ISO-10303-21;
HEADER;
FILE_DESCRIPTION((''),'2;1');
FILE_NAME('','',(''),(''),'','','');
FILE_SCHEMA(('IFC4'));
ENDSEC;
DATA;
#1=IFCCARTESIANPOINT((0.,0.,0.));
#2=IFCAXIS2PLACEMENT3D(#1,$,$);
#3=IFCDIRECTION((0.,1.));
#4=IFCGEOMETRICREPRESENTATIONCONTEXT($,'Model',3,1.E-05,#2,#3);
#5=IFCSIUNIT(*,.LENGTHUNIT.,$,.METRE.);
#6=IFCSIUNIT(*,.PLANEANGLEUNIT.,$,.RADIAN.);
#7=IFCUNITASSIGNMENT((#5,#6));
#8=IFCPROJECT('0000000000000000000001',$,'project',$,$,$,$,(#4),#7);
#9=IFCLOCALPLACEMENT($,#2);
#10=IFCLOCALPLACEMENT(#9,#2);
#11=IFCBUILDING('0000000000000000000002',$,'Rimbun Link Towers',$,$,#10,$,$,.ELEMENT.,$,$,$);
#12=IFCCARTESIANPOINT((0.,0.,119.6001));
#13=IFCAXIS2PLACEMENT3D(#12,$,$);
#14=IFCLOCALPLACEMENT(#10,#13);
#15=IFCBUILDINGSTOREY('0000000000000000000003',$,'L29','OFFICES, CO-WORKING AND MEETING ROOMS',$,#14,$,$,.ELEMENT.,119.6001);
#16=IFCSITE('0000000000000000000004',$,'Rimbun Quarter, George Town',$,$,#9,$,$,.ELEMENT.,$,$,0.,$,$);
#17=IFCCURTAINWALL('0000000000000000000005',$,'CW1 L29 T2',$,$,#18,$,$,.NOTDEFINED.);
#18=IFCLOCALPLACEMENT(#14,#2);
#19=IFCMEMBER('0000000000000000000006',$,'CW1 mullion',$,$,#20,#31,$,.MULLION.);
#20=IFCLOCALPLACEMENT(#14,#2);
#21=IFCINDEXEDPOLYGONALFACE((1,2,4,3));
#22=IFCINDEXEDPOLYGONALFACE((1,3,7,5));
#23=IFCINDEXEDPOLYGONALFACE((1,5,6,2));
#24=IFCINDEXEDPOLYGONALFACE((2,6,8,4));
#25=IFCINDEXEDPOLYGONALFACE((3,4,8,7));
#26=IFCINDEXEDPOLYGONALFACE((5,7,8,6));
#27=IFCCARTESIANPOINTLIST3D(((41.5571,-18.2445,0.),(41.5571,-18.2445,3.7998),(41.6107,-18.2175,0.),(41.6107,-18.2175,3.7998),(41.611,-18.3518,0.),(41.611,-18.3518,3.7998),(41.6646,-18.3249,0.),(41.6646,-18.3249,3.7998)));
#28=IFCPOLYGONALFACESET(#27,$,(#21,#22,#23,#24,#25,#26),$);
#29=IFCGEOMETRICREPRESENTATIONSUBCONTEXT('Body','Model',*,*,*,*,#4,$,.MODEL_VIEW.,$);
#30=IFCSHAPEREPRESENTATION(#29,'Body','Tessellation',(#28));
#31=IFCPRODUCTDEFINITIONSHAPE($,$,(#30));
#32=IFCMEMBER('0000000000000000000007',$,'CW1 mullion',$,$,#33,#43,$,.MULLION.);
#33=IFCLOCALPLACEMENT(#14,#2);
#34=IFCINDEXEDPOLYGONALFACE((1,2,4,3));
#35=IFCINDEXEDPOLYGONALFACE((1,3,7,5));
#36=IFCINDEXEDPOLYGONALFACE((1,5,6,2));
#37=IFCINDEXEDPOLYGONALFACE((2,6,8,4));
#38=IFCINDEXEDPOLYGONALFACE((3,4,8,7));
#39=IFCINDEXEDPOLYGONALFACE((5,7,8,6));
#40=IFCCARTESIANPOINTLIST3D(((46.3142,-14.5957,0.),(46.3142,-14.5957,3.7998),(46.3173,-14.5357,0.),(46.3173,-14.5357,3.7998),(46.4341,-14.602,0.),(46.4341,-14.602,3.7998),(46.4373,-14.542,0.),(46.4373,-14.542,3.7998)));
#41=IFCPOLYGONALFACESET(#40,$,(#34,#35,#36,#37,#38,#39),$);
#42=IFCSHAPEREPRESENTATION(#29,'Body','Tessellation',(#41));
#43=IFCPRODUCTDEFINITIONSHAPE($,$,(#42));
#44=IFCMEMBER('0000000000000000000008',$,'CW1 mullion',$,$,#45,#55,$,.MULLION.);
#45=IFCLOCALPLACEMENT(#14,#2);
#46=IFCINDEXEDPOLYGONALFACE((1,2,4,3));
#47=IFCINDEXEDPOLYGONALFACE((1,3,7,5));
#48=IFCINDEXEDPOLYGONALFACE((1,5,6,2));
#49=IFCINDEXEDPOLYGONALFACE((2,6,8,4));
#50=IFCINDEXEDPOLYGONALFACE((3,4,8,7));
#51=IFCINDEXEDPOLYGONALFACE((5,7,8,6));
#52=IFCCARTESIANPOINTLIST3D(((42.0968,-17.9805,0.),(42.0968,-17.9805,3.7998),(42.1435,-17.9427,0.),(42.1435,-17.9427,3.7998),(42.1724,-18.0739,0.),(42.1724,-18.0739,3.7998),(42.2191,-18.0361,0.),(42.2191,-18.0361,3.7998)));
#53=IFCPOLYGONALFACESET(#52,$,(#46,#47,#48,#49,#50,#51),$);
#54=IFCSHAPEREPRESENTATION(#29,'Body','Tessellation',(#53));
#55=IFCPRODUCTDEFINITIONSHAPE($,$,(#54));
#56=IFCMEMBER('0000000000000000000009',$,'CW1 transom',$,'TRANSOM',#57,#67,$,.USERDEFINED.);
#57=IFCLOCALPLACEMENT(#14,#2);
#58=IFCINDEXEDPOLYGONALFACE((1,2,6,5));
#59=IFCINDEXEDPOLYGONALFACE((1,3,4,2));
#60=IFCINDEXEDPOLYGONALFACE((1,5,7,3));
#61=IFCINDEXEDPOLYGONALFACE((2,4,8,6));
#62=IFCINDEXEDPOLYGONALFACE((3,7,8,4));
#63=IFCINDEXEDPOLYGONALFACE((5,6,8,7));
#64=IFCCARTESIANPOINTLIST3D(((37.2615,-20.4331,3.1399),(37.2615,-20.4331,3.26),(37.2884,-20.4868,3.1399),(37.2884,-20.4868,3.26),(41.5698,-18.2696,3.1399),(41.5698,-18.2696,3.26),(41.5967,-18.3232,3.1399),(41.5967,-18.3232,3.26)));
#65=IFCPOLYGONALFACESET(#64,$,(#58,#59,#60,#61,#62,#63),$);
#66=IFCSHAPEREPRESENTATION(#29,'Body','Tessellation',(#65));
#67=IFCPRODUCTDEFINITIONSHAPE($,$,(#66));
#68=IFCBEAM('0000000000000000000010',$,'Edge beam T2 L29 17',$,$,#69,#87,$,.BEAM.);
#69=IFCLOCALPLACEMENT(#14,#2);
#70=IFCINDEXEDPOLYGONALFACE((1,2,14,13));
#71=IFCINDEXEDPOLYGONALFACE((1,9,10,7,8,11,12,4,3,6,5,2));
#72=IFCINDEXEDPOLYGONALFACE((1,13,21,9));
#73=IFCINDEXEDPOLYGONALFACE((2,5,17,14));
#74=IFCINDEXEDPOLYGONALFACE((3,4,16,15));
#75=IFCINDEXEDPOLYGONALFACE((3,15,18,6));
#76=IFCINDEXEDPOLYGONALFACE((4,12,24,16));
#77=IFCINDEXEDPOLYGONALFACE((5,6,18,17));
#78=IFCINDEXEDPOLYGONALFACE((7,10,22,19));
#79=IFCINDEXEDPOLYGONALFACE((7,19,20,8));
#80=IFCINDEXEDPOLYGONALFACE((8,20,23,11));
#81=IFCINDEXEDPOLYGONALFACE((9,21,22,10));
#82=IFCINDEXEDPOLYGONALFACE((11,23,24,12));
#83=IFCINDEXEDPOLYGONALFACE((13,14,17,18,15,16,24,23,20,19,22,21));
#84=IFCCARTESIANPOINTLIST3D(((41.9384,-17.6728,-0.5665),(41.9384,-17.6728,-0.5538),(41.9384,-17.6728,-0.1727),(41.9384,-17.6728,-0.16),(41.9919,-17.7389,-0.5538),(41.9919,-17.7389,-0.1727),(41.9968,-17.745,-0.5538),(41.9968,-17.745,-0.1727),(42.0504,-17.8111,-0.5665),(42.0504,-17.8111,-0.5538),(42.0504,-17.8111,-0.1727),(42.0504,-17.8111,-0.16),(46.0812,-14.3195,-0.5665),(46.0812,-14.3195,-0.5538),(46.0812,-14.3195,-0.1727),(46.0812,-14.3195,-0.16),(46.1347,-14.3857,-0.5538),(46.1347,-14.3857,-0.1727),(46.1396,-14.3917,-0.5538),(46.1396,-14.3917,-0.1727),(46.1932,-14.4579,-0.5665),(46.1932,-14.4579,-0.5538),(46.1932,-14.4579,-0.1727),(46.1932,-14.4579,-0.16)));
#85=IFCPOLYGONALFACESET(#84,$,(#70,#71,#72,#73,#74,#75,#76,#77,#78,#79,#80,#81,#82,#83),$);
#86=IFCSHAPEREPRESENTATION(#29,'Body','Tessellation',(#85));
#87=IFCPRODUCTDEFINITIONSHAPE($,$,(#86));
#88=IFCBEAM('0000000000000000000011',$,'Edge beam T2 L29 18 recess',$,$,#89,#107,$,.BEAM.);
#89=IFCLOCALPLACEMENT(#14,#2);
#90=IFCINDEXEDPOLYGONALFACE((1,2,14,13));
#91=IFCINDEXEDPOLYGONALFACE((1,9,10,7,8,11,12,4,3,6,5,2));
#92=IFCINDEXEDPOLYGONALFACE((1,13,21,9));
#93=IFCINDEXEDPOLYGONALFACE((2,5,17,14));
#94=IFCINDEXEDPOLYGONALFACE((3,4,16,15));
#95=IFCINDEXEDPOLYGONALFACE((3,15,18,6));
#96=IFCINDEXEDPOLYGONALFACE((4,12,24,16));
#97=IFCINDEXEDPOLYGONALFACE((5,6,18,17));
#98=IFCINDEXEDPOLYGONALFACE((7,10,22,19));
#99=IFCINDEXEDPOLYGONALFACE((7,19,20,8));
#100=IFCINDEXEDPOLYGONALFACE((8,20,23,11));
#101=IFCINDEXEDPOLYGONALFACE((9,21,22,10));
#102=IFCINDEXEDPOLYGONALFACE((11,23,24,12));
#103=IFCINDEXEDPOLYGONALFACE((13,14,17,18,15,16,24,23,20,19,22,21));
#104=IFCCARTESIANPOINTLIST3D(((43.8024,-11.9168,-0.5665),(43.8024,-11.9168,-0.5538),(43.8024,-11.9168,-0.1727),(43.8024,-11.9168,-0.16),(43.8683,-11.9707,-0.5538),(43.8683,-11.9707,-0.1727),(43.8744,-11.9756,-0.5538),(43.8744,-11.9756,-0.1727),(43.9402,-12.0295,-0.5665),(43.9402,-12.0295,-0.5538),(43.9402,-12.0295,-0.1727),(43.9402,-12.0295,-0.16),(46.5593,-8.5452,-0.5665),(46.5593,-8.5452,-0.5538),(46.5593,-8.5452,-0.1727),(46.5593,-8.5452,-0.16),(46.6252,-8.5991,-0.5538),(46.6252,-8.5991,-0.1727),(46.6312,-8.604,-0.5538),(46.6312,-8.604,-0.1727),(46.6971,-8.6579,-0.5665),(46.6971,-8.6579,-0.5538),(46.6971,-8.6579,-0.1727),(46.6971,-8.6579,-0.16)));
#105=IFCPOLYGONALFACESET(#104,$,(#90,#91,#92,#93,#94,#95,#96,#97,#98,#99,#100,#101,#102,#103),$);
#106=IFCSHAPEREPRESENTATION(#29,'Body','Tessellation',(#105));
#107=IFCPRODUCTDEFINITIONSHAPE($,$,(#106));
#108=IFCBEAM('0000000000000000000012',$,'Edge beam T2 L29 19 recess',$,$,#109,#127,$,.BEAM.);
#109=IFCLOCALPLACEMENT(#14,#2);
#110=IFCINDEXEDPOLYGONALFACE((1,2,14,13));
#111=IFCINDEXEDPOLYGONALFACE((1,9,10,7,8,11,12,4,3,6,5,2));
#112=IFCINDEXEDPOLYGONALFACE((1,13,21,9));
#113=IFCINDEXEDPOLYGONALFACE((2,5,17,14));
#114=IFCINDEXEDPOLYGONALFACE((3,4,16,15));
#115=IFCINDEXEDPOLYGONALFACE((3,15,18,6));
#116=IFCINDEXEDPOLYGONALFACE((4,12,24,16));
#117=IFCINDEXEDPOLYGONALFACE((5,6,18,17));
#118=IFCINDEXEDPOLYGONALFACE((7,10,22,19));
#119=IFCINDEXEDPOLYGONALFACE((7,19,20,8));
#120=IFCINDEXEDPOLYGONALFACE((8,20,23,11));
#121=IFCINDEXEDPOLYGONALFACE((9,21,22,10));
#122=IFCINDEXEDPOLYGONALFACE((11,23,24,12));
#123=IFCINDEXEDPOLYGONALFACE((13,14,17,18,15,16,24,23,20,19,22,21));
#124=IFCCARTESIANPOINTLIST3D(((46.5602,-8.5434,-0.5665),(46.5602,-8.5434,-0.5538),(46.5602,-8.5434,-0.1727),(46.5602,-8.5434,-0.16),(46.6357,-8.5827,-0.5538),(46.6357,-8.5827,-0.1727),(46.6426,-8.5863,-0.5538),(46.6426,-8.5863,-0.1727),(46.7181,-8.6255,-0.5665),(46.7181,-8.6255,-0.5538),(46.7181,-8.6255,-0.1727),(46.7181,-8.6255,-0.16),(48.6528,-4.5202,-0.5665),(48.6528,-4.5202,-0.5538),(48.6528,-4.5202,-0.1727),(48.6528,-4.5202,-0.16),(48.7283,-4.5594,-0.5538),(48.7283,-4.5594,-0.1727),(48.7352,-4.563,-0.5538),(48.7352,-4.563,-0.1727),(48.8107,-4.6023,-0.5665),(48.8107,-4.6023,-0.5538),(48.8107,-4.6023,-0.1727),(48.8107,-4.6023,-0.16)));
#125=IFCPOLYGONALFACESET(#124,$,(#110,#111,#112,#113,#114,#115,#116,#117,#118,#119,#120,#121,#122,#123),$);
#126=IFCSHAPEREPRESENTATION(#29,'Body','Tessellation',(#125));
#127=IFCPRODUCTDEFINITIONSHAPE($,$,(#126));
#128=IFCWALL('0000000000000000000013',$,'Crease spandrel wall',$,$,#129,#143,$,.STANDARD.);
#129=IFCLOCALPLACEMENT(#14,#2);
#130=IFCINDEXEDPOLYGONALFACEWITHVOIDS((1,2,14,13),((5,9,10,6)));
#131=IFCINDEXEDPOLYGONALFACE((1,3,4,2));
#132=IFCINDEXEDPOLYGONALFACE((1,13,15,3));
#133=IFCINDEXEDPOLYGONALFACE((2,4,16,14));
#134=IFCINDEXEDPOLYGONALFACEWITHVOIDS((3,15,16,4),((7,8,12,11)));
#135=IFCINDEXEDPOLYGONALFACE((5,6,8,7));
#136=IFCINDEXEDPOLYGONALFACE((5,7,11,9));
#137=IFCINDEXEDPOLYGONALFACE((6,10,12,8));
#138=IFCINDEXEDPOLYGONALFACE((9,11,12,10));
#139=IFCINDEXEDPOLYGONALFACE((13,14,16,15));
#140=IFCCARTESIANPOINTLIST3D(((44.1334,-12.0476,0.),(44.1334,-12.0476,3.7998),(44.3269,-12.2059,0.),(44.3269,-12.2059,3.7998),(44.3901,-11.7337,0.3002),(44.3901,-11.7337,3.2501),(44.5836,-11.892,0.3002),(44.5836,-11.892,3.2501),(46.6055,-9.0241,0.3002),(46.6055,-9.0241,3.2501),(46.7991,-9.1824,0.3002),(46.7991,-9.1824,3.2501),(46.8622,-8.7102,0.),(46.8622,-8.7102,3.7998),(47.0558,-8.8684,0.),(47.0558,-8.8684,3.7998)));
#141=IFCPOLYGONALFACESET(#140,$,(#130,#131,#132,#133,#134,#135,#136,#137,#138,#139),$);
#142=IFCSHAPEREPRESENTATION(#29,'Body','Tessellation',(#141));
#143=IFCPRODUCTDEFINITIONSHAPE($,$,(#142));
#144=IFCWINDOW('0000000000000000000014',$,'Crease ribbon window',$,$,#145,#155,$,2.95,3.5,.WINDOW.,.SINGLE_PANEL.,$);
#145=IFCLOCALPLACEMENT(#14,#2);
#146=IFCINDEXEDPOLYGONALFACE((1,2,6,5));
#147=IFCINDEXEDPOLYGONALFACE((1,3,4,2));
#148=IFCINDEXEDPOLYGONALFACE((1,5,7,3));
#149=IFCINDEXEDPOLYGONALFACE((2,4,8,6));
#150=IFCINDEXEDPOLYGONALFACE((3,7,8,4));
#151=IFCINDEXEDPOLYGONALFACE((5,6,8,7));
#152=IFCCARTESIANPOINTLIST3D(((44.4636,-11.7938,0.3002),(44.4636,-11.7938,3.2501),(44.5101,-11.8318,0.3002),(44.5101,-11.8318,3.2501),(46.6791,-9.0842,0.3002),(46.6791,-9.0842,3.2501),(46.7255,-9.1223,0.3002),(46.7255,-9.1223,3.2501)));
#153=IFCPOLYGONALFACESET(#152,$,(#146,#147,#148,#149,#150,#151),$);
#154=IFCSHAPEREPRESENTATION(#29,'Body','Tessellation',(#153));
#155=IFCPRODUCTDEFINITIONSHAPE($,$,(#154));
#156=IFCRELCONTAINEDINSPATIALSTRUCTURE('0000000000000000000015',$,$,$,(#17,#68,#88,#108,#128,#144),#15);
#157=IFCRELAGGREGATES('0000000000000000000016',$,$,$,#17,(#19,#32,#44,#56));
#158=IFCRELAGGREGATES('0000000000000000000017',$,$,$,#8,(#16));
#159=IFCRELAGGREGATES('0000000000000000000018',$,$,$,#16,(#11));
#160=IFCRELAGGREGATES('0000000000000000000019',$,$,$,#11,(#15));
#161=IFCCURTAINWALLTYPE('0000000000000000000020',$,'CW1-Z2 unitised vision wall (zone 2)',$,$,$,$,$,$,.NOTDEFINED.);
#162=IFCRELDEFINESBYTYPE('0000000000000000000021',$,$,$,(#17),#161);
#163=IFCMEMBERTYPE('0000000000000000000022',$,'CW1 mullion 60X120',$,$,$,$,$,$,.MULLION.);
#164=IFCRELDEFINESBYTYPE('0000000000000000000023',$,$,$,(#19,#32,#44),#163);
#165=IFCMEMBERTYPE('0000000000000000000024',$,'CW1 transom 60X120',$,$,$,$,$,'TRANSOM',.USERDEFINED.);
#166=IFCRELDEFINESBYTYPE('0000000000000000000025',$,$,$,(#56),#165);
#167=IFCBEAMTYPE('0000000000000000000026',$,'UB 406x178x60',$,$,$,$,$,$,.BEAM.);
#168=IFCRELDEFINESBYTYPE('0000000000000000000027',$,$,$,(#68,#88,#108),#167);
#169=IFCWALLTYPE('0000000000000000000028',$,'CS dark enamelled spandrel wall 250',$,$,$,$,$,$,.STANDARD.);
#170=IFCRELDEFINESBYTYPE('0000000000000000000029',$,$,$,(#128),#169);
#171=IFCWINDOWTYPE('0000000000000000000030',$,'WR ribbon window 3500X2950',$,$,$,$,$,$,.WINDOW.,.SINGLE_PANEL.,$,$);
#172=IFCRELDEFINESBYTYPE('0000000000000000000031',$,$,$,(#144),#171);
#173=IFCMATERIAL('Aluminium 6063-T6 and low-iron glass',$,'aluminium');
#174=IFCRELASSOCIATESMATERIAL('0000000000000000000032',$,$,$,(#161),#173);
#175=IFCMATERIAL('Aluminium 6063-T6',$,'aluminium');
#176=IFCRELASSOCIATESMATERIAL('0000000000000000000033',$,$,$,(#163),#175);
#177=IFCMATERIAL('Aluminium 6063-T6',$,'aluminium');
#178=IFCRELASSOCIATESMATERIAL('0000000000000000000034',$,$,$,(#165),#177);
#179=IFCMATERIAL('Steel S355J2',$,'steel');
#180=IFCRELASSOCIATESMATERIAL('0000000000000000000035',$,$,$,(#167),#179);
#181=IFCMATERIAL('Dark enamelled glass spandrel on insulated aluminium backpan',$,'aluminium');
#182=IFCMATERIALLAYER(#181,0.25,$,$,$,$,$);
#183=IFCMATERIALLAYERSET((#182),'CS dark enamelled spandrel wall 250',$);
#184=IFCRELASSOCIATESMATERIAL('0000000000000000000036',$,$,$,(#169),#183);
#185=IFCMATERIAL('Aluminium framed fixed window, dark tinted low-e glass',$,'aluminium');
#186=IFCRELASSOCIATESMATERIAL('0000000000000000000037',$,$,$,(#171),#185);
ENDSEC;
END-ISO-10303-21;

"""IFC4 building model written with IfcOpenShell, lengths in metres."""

from ifc_helpers import new_model, si_unit, direction, frame, frame_2d, origin, origin_2d, place, context, subcontext, project, spatial, rectangle, i_section, extrude, material, layer, layer_set, material_profile, profile_set, type_object, element, fill, aggregate, save


model = new_model("IFC4")

# Units and contexts
model_context = context("Model", 3, precision=1e-05, world=origin(), true_north=direction((0.0, 1.0)))
body_context = subcontext(model_context, "Body", "Model", "MODEL_VIEW")
ifc_project = project(units=[si_unit("LENGTHUNIT", "METRE"), si_unit("PLANEANGLEUNIT", "RADIAN")], contexts=[model_context])

# Site, building, storey
site_placement = place(None, origin())
site = spatial("IfcSite", under=ifc_project, at=site_placement, Name="Rimbun Quarter, George Town", CompositionType="ELEMENT", RefElevation=0.0)
building_placement = place(site_placement, origin())
building = spatial("IfcBuilding", under=site, at=building_placement, Name="Rimbun Link Towers", CompositionType="ELEMENT")
storey_placement = place(building_placement, frame((0.0, 0.0, 119.6001)))
storey = spatial("IfcBuildingStorey", under=building, at=storey_placement, Name="L29", Description="OFFICES, CO-WORKING AND MEETING ROOMS", CompositionType="ELEMENT", Elevation=119.6001)

# Curtain wall, members
ifc_material_1 = material(Name="Aluminium 6063-T6 and low-iron glass", Category="aluminium")
curtain_wall_type = type_object("IfcCurtainWallType", Name="CW1-Z2 unitised vision wall (zone 2)", PredefinedType="NOTDEFINED", material=ifc_material_1)
curtain_wall_placement = place(storey_placement, origin())
curtain_wall = element("IfcCurtainWall", 1, at=curtain_wall_placement, inside=storey, type_object=curtain_wall_type, Name="CW1 L29 T2", PredefinedType="NOTDEFINED")
ifc_material_2 = material(Name="Aluminium 6063-T6", Category="aluminium")
ifc_material_profile_1 = material_profile(ifc_material_2, rectangle(XDim=0.1201, YDim=0.0601, at=origin_2d()), Name="MULLION 60X120")
ifc_profile_set_1 = profile_set([ifc_material_profile_1], Name="Aluminium 6063-T6")
member_type_1 = type_object("IfcMemberType", Name="CW1 mullion 60X120", PredefinedType="MULLION", material=ifc_profile_set_1)
member_1_placement = place(storey_placement, frame((41.6108, -18.2847, 0.0), z_axis=(0.0, 0.0, 1.0), x_axis=(0.448789, -0.893638, 0.0)))
member_1 = element("IfcMember", 2, at=member_1_placement, type_object=member_type_1, Name="CW1 mullion", PredefinedType="MULLION", context=body_context, shape_type="SweptSolid", body=[
    extrude(rectangle(XDim=0.1201, YDim=0.0601, at=origin_2d()), origin(), (0.0, 0.0, 1.0), 3.7998),
])
member_2_placement = place(storey_placement, frame((46.3757, -14.5688, 0.0), z_axis=(0.0, 0.0, 1.0), x_axis=(0.998624, -0.05244, 0.0)))
member_2 = element("IfcMember", 3, at=member_2_placement, type_object=member_type_1, Name="CW1 mullion", PredefinedType="MULLION", context=body_context, shape_type="SweptSolid", body=[
    extrude(rectangle(XDim=0.1201, YDim=0.0601, at=origin_2d()), origin(), (0.0, 0.0, 1.0), 3.7998),
])
member_3_placement = place(storey_placement, frame((42.158, -18.0083, 0.0), z_axis=(0.0, 0.0, 1.0), x_axis=(0.629158, -0.777277, 0.0)))
member_3 = element("IfcMember", 4, at=member_3_placement, type_object=member_type_1, Name="CW1 mullion", PredefinedType="MULLION", context=body_context, shape_type="SweptSolid", body=[
    extrude(rectangle(XDim=0.1201, YDim=0.0601, at=origin_2d()), origin(), (0.0, 0.0, 1.0), 3.7998),
])
ifc_material_3 = material(Name="Aluminium 6063-T6", Category="aluminium")
ifc_material_profile_2 = material_profile(ifc_material_3, rectangle(XDim=0.0601, YDim=0.1201, at=origin_2d()), Name="TRANSOM 60X120")
ifc_profile_set_2 = profile_set([ifc_material_profile_2], Name="Aluminium 6063-T6")
member_type_2 = type_object("IfcMemberType", Name="CW1 transom 60X120", ElementType="TRANSOM", PredefinedType="USERDEFINED", material=ifc_profile_set_2)
member_4_placement = place(storey_placement, frame((41.5833, -18.2964, 3.2), z_axis=(-0.893646, -0.448773, 0.0), x_axis=(0.448773, -0.893646, 0.0)))
member_4 = element("IfcMember", 5, at=member_4_placement, type_object=member_type_2, Name="CW1 transom", ObjectType="TRANSOM", PredefinedType="USERDEFINED", context=body_context, shape_type="SweptSolid", body=[
    extrude(rectangle(XDim=0.0601, YDim=0.1201, at=origin_2d()), origin(), (0.0, 0.0, 1.0), 4.821),
])
aggregate(curtain_wall, [member_1, member_2, member_3, member_4])

# Beams
ifc_material_4 = material(Name="Steel S355J2", Category="steel")
ifc_material_profile_3 = material_profile(ifc_material_4, i_section(OverallWidth=0.178, OverallDepth=0.4065, WebThickness=0.0078, FlangeThickness=0.0127, at=origin_2d()), Name="UB 406x178x60")
ifc_profile_set_3 = profile_set([ifc_material_profile_3], Name="Steel S355J2")
beam_type = type_object("IfcBeamType", Name="UB 406x178x60", PredefinedType="BEAM", material=ifc_profile_set_3)
beam_1_placement = place(storey_placement, frame((41.9944, -17.7419, -0.3633), z_axis=(0.777285, 0.629148, 0.0), x_axis=(-0.629148, 0.777285, 0.0)))
element("IfcBeam", 6, at=beam_1_placement, inside=storey, type_object=beam_type, Name="Edge beam T2 L29 17", PredefinedType="BEAM", context=body_context, shape_type="SweptSolid", body=[
    extrude(i_section(OverallWidth=0.178, OverallDepth=0.4065, WebThickness=0.0078, FlangeThickness=0.0127, at=origin_2d()), origin(), (0.0, 0.0, 1.0), 5.3298),
])
beam_2_placement = place(storey_placement, frame((43.8713, -11.9731, -0.3633), z_axis=(0.633, 0.774152, 0.0), x_axis=(-0.774152, 0.633, 0.0)))
element("IfcBeam", 7, at=beam_2_placement, inside=storey, type_object=beam_type, Name="Edge beam T2 L29 18 recess", PredefinedType="BEAM", context=body_context, shape_type="SweptSolid", body=[
    extrude(i_section(OverallWidth=0.178, OverallDepth=0.4065, WebThickness=0.0078, FlangeThickness=0.0127, at=origin_2d()), origin(), (0.0, 0.0, 1.0), 4.3552),
])
beam_3_placement = place(storey_placement, frame((46.6392, -8.5845, -0.3633), z_axis=(0.461434, 0.887174, 0.0), x_axis=(-0.887174, 0.461434, 0.0)))
element("IfcBeam", 8, at=beam_3_placement, inside=storey, type_object=beam_type, Name="Edge beam T2 L29 19 recess", PredefinedType="BEAM", context=body_context, shape_type="SweptSolid", body=[
    extrude(i_section(OverallWidth=0.178, OverallDepth=0.4065, WebThickness=0.0078, FlangeThickness=0.0127, at=origin_2d()), origin(), (0.0, 0.0, 1.0), 4.5349),
])

# Wall, opening, window
ifc_material_5 = material(Name="Dark enamelled glass spandrel on insulated aluminium backpan", Category="aluminium")
ifc_layer_1 = layer(ifc_material_5, 0.25)
ifc_layer_set_1 = layer_set([ifc_layer_1], Name="CS dark enamelled spandrel wall 250")
wall_type_1 = type_object("IfcWallType", Name="CS dark enamelled spandrel wall 250", PredefinedType="STANDARD", material=ifc_layer_set_1)
wall_1_placement = place(storey_placement, frame((46.959, -8.7893, 0.0), z_axis=(0.0, 0.0, 1.0), x_axis=(-0.632982, -0.774167, 0.0)))
wall_1 = element("IfcWall", 9, at=wall_1_placement, inside=storey, type_object=wall_type_1, Name="Crease spandrel wall", PredefinedType="STANDARD", context=body_context, shape_type="SweptSolid", body=[
    extrude(rectangle(XDim=4.311, YDim=0.25, at=frame_2d((2.1555, 0.0))), origin(), (0.0, 0.0, 1.0), 3.7998),
])
opening_1_placement = place(wall_1_placement, frame((0.4055, 0.0, 0.3)))
opening_1 = element("IfcOpeningElement", 10, at=opening_1_placement, cuts=wall_1, PredefinedType="OPENING", context=body_context, shape_type="SweptSolid", body=[
    extrude(rectangle(XDim=3.5, YDim=2.95, at=frame_2d((1.75, 1.4751))), frame((0.0, 0.135, 0.0), z_axis=(0.0, -1.0, 0.0), x_axis=(1.0, 0.0, 0.0)), (0.0, 0.0, 1.0), 0.27),
])
ifc_material_6 = material(Name="Aluminium framed fixed window, dark tinted low-e glass", Category="aluminium")
window_type_1 = type_object("IfcWindowType", Name="WR ribbon window 3500X2950", PartitioningType="SINGLE_PANEL", PredefinedType="WINDOW", material=ifc_material_6)
window_1_placement = place(opening_1_placement, origin())
window_1 = element("IfcWindow", 11, at=window_1_placement, inside=storey, type_object=window_type_1, Name="Crease ribbon window", OverallHeight=2.95, OverallWidth=3.5, PartitioningType="SINGLE_PANEL", PredefinedType="WINDOW", context=body_context, shape_type="SweptSolid", body=[
    extrude(rectangle(XDim=3.5, YDim=2.95, at=frame_2d((1.75, 1.4751))), frame((0.0, 0.03, 0.0), z_axis=(0.0, -1.0, 0.0), x_axis=(1.0, 0.0, 0.0)), (0.0, 0.0, 1.0), 0.0601),
])
fill(opening_1, window_1)

save(model, "model.ifc")
